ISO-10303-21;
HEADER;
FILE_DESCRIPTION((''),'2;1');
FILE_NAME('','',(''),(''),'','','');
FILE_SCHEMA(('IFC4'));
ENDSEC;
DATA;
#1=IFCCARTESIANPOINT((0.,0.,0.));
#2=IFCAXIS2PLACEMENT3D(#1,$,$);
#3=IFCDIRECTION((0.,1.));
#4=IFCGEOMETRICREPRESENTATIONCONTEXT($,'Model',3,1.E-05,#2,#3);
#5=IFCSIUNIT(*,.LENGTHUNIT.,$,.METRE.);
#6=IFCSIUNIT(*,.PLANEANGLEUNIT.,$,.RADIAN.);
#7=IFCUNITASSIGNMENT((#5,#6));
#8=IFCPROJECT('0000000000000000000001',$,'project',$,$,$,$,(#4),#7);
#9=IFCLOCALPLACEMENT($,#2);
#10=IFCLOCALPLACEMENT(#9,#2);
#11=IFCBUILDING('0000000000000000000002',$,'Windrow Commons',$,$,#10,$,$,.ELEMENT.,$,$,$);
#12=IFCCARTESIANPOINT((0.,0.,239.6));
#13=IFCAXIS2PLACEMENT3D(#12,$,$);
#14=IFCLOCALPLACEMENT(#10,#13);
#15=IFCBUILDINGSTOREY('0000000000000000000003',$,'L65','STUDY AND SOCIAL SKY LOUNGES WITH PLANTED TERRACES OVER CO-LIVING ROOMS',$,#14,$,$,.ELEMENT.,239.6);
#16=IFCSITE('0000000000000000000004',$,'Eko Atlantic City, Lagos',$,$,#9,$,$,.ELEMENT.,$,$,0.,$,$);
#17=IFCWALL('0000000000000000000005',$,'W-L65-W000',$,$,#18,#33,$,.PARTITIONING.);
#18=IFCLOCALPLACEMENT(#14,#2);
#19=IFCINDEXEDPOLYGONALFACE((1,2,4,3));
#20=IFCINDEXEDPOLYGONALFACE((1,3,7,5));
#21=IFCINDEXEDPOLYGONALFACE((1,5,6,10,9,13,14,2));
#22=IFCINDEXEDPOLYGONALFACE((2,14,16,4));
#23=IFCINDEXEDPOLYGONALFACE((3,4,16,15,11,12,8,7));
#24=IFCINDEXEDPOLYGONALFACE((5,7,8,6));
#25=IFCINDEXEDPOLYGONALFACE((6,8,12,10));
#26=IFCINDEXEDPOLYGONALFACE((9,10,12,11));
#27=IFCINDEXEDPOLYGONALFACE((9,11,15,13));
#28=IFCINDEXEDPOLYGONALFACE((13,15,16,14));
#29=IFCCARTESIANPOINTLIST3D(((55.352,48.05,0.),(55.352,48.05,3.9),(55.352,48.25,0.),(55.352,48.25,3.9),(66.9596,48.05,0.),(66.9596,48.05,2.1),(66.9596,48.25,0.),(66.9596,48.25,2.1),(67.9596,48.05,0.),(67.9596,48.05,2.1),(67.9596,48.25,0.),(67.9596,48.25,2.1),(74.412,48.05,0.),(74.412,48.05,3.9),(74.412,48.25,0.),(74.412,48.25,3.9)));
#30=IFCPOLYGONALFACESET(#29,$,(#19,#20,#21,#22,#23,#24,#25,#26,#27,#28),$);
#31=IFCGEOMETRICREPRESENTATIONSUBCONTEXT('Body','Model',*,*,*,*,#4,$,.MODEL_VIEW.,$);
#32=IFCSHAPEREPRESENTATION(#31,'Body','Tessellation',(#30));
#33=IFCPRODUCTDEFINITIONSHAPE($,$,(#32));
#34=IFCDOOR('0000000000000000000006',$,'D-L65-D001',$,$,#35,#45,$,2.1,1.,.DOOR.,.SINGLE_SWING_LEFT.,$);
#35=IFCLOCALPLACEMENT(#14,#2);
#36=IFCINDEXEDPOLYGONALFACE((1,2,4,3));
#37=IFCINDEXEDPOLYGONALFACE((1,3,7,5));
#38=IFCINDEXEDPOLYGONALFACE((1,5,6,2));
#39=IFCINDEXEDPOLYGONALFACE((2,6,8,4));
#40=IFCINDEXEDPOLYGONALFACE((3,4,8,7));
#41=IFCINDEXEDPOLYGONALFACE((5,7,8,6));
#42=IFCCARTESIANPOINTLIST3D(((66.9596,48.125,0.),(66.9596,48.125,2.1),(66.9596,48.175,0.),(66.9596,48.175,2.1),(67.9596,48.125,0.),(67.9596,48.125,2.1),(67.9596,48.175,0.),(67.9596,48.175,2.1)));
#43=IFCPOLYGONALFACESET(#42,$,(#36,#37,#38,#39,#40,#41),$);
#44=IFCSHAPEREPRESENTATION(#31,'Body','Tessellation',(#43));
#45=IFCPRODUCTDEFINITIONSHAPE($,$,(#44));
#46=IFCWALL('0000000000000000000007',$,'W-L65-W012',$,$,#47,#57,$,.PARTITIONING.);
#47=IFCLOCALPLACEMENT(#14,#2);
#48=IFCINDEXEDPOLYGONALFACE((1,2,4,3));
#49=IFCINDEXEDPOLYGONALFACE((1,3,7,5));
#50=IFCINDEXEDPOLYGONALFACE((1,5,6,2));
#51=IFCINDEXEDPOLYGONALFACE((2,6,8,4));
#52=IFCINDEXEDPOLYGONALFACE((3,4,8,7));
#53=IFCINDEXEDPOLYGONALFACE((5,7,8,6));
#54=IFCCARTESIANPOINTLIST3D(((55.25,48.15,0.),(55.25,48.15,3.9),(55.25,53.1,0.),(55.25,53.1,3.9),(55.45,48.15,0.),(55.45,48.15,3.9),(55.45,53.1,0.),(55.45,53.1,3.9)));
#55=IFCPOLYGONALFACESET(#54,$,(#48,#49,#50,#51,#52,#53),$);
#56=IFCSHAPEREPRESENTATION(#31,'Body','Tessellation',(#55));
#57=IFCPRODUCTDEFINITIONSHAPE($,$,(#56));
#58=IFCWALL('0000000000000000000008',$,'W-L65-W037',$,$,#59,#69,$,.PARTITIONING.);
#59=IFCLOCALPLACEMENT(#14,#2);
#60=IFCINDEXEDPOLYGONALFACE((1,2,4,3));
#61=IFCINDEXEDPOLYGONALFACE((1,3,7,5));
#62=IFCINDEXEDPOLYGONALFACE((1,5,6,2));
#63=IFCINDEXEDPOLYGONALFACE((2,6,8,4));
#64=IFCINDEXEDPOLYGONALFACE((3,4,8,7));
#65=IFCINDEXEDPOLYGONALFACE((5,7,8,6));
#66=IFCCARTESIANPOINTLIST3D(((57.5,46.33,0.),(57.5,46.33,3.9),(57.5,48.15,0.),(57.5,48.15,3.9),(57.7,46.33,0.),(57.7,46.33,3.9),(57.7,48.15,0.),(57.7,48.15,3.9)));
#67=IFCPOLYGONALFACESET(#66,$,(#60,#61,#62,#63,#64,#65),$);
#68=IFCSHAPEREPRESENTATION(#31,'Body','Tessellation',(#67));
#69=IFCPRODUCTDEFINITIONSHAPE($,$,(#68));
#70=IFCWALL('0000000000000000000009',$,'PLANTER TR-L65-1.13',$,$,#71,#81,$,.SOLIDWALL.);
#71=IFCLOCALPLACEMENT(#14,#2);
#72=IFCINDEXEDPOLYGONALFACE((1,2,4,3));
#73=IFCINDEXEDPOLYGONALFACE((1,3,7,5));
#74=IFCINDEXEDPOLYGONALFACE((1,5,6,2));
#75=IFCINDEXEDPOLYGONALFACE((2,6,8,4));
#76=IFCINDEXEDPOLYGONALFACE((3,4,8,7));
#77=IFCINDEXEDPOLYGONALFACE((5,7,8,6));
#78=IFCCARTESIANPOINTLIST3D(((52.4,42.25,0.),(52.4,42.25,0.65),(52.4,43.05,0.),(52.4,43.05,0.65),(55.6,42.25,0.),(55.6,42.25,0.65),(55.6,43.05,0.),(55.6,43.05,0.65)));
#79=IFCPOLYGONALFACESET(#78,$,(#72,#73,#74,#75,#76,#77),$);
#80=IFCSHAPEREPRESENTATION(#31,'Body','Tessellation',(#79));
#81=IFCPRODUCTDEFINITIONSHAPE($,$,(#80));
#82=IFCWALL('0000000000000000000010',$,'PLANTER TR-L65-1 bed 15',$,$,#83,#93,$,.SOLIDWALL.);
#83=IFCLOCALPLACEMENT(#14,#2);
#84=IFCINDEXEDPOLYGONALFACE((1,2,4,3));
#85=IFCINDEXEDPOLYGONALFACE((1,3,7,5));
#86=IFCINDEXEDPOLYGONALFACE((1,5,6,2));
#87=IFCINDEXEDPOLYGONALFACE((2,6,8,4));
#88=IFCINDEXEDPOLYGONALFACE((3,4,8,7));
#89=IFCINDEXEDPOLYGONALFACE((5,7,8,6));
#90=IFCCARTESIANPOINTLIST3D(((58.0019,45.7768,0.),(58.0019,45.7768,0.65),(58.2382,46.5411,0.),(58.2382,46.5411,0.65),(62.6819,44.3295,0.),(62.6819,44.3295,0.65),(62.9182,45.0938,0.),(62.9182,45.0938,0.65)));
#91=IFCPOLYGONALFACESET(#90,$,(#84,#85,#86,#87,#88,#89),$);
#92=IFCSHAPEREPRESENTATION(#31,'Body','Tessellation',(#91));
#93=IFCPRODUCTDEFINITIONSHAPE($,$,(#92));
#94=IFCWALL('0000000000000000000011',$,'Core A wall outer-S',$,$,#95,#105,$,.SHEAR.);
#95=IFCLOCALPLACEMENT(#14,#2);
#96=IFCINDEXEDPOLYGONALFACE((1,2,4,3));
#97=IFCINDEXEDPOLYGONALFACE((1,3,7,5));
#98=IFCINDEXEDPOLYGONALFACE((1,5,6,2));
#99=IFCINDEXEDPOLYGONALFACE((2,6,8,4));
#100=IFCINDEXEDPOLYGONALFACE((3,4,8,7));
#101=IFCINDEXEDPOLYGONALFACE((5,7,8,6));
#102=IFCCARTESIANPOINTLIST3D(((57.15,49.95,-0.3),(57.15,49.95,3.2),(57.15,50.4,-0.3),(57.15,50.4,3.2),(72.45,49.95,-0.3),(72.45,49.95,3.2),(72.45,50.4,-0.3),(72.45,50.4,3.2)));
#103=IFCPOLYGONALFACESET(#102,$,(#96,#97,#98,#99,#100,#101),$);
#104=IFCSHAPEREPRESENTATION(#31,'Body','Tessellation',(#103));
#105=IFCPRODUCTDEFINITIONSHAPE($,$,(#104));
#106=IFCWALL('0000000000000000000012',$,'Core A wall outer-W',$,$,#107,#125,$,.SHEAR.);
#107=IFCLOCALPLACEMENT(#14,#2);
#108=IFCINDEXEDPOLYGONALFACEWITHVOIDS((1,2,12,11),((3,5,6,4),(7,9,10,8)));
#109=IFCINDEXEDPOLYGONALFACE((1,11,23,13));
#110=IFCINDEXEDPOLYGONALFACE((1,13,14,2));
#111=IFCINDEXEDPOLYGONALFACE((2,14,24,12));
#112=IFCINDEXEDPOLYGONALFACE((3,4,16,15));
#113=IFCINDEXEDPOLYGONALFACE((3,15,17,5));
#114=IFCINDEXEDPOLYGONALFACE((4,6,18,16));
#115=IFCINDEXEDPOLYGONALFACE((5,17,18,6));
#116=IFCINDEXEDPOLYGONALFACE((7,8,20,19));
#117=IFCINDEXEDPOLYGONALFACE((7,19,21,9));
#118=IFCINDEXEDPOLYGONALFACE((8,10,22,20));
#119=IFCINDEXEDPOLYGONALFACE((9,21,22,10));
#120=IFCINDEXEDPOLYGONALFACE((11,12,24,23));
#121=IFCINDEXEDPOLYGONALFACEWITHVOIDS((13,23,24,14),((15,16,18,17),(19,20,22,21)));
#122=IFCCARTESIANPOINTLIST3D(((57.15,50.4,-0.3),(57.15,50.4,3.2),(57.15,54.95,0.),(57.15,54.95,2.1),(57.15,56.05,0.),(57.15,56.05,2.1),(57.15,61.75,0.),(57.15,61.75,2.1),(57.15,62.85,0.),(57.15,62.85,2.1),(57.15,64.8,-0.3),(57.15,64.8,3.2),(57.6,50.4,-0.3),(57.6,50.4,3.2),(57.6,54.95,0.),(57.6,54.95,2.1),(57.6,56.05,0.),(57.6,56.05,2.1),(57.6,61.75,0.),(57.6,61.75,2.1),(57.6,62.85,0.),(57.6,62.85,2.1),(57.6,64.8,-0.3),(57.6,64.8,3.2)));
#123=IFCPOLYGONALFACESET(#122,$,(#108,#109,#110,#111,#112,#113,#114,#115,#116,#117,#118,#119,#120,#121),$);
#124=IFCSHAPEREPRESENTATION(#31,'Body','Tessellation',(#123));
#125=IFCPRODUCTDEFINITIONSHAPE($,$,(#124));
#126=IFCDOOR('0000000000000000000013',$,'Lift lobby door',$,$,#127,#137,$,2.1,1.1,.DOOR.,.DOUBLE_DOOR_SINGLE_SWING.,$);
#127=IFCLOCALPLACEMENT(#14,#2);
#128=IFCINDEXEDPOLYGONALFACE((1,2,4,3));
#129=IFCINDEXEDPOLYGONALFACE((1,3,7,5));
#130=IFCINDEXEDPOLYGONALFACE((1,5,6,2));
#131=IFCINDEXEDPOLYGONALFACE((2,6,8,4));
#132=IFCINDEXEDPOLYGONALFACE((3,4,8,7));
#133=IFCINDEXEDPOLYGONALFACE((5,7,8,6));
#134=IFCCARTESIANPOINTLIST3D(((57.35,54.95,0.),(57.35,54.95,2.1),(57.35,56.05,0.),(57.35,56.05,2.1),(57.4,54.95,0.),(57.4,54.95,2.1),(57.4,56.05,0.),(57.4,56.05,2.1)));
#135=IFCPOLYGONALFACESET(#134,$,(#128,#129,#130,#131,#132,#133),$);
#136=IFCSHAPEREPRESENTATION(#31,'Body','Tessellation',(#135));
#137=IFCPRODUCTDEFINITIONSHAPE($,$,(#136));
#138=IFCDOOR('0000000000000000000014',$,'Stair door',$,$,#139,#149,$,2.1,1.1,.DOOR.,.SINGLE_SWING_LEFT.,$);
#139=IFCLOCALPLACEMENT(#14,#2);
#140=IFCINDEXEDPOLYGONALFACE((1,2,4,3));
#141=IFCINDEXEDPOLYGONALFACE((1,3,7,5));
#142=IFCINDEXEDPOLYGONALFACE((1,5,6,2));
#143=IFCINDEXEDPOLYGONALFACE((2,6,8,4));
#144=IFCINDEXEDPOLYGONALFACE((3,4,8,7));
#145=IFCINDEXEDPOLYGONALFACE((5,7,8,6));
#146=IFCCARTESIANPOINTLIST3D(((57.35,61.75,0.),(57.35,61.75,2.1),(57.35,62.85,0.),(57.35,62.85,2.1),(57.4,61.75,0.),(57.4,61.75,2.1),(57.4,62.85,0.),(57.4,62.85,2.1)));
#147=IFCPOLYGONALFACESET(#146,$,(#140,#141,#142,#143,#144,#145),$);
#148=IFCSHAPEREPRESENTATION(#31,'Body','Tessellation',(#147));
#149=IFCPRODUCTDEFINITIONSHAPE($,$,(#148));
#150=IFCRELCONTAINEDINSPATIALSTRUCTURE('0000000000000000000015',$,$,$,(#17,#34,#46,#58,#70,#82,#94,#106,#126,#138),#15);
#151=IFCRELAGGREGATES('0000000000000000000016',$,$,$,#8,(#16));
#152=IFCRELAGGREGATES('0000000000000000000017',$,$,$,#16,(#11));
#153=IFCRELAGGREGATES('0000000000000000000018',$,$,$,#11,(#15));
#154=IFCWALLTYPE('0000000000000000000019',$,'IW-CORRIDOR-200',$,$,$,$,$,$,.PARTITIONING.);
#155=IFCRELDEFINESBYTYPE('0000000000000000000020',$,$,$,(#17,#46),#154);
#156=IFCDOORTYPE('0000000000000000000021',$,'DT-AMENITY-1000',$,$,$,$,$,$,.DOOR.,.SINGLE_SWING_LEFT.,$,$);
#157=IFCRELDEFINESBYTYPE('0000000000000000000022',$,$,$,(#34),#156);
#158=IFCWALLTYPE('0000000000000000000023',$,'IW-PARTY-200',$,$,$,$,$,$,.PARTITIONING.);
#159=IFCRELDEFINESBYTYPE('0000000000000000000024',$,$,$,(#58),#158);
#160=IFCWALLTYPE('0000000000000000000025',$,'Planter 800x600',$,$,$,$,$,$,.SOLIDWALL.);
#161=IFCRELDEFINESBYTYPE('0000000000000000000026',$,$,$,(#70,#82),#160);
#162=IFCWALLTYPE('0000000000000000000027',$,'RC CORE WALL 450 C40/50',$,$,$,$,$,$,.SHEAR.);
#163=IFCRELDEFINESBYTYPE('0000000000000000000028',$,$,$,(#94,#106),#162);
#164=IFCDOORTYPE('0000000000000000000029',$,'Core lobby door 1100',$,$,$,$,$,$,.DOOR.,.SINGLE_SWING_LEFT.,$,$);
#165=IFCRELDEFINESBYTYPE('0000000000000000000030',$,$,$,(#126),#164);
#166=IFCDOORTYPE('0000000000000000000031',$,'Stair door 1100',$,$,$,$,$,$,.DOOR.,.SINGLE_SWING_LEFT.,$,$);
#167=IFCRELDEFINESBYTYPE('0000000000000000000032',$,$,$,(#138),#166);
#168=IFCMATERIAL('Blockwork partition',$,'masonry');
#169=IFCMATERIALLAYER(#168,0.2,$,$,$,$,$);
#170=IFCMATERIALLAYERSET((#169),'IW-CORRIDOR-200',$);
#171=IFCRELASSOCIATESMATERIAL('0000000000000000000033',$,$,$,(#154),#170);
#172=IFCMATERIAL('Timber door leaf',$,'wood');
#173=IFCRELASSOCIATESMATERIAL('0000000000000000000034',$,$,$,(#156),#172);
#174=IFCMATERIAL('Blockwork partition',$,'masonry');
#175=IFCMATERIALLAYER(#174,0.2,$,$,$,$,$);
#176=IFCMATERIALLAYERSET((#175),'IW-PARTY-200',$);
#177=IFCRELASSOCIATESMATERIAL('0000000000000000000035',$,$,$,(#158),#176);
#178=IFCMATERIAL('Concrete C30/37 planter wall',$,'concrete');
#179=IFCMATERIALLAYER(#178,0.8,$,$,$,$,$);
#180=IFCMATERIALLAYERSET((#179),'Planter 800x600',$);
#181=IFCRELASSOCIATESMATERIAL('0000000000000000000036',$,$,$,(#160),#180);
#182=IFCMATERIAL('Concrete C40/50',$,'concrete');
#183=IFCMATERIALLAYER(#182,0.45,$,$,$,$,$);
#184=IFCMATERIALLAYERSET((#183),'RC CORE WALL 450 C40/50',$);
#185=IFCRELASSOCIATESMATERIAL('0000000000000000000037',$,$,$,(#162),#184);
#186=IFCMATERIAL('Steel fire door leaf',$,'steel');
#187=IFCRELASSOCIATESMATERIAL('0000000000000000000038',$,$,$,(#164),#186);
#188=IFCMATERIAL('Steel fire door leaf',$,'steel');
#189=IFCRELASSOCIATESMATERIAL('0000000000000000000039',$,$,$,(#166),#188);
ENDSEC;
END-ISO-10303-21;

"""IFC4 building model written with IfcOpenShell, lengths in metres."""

from ifc_helpers import new_model, si_unit, direction, frame, frame_2d, origin, place, context, subcontext, project, spatial, rectangle, extrude, material, layer, layer_set, type_object, element, fill, save


model = new_model("IFC4")

# Units and contexts
model_context = context("Model", 3, precision=1e-05, world=origin(), true_north=direction((0.0, 1.0)))
body_context = subcontext(model_context, "Body", "Model", "MODEL_VIEW")
ifc_project = project(units=[si_unit("LENGTHUNIT", "METRE"), si_unit("PLANEANGLEUNIT", "RADIAN")], contexts=[model_context])

# Site, building, storey
site_placement = place(None, origin())
site = spatial("IfcSite", under=ifc_project, at=site_placement, Name="Eko Atlantic City, Lagos", CompositionType="ELEMENT", RefElevation=0.0)
building_placement = place(site_placement, origin())
building = spatial("IfcBuilding", under=site, at=building_placement, Name="Windrow Commons", CompositionType="ELEMENT")
storey_placement = place(building_placement, frame((0.0, 0.0, 239.6)))
storey = spatial("IfcBuildingStorey", under=building, at=storey_placement, Name="L65", Description="STUDY AND SOCIAL SKY LOUNGES WITH PLANTED TERRACES OVER CO-LIVING ROOMS", CompositionType="ELEMENT", Elevation=239.6)

# Wall, opening, door
ifc_material_1 = material(Name="Blockwork partition", Category="masonry")
ifc_layer_1 = layer(ifc_material_1, 0.2)
ifc_layer_set_1 = layer_set([ifc_layer_1], Name="IW-CORRIDOR-200")
wall_type_1 = type_object("IfcWallType", Name="IW-CORRIDOR-200", PredefinedType="PARTITIONING", material=ifc_layer_set_1)
wall_1_placement = place(storey_placement, frame((55.352, 48.15, 0.0), z_axis=(0.0, 0.0, 1.0), x_axis=(1.0, 0.0, 0.0)))
wall_1 = element("IfcWall", 1, at=wall_1_placement, inside=storey, type_object=wall_type_1, Name="W-L65-W000", PredefinedType="PARTITIONING", context=body_context, shape_type="SweptSolid", body=[
    extrude(rectangle(XDim=19.06, YDim=0.2, at=frame_2d((9.53, 0.0))), origin(), (0.0, 0.0, 1.0), 3.9),
])
opening_1_placement = place(wall_1_placement, frame((11.6076, 0.0, 0.0)))
opening_1 = element("IfcOpeningElement", 2, at=opening_1_placement, cuts=wall_1, PredefinedType="OPENING", context=body_context, shape_type="SweptSolid", body=[
    extrude(rectangle(XDim=1.0, YDim=2.1, at=frame_2d((0.5, 1.05))), frame((0.0, 0.11, 0.0), z_axis=(0.0, -1.0, 0.0), x_axis=(1.0, 0.0, 0.0)), (0.0, 0.0, 1.0), 0.22),
])
ifc_material_2 = material(Name="Timber door leaf", Category="wood")
door_type_1 = type_object("IfcDoorType", Name="DT-AMENITY-1000", OperationType="SINGLE_SWING_LEFT", PredefinedType="DOOR", material=ifc_material_2)
door_1_placement = place(opening_1_placement, origin())
door_1 = element("IfcDoor", 3, at=door_1_placement, inside=storey, type_object=door_type_1, Name="D-L65-D001", OperationType="SINGLE_SWING_LEFT", OverallHeight=2.1, OverallWidth=1.0, PredefinedType="DOOR", context=body_context, shape_type="SweptSolid", body=[
    extrude(rectangle(XDim=1.0, YDim=2.1, at=frame_2d((0.5, 1.05))), frame((0.0, 0.025, 0.0), z_axis=(0.0, -1.0, 0.0), x_axis=(1.0, 0.0, 0.0)), (0.0, 0.0, 1.0), 0.05),
])
fill(opening_1, door_1)

# Walls
wall_2_placement = place(storey_placement, frame((55.35, 48.15, 0.0), z_axis=(0.0, 0.0, 1.0), x_axis=(0.0, 1.0, 0.0)))
element("IfcWall", 4, at=wall_2_placement, inside=storey, type_object=wall_type_1, Name="W-L65-W012", PredefinedType="PARTITIONING", context=body_context, shape_type="SweptSolid", body=[
    extrude(rectangle(XDim=4.95, YDim=0.2, at=frame_2d((2.475, 0.0))), origin(), (0.0, 0.0, 1.0), 3.9),
])
ifc_material_3 = material(Name="Blockwork partition", Category="masonry")
ifc_layer_2 = layer(ifc_material_3, 0.2)
ifc_layer_set_2 = layer_set([ifc_layer_2], Name="IW-PARTY-200")
wall_type_2 = type_object("IfcWallType", Name="IW-PARTY-200", PredefinedType="PARTITIONING", material=ifc_layer_set_2)
wall_3_placement = place(storey_placement, frame((57.6, 46.33, 0.0), z_axis=(0.0, 0.0, 1.0), x_axis=(0.0, 1.0, 0.0)))
element("IfcWall", 5, at=wall_3_placement, inside=storey, type_object=wall_type_2, Name="W-L65-W037", PredefinedType="PARTITIONING", context=body_context, shape_type="SweptSolid", body=[
    extrude(rectangle(XDim=1.82, YDim=0.2, at=frame_2d((0.91, 0.0))), origin(), (0.0, 0.0, 1.0), 3.9),
])
ifc_material_4 = material(Name="Concrete C30/37 planter wall", Category="concrete")
ifc_layer_3 = layer(ifc_material_4, 0.8)
ifc_layer_set_3 = layer_set([ifc_layer_3], Name="Planter 800x600")
wall_type_3 = type_object("IfcWallType", Name="Planter 800x600", PredefinedType="SOLIDWALL", material=ifc_layer_set_3)
wall_4_placement = place(storey_placement, frame((52.4, 42.65, 0.0), z_axis=(0.0, 0.0, 1.0), x_axis=(1.0, 0.0, 0.0)))
element("IfcWall", 6, at=wall_4_placement, inside=storey, type_object=wall_type_3, Name="PLANTER TR-L65-1.13", PredefinedType="SOLIDWALL", context=body_context, shape_type="SweptSolid", body=[
    extrude(rectangle(XDim=3.2, YDim=0.8, at=frame_2d((1.6, 0.0))), origin(), (0.0, 0.0, 1.0), 0.65),
])
wall_5_placement = place(storey_placement, frame((62.8, 44.7117, 0.0), z_axis=(0.0, 0.0, 1.0), x_axis=(-0.955359, 0.295447, 0.0)))
element("IfcWall", 7, at=wall_5_placement, inside=storey, type_object=wall_type_3, Name="PLANTER TR-L65-1 bed 15", PredefinedType="SOLIDWALL", context=body_context, shape_type="SweptSolid", body=[
    extrude(rectangle(XDim=4.8987, YDim=0.8, at=frame_2d((2.4493, 0.0))), origin(), (0.0, 0.0, 1.0), 0.65),
])
ifc_material_5 = material(Name="Concrete C40/50", Category="concrete")
ifc_layer_4 = layer(ifc_material_5, 0.45)
ifc_layer_set_4 = layer_set([ifc_layer_4], Name="RC CORE WALL 450 C40/50")
wall_type_4 = type_object("IfcWallType", Name="RC CORE WALL 450 C40/50", PredefinedType="SHEAR", material=ifc_layer_set_4)
wall_6_placement = place(storey_placement, frame((57.15, 50.175, -0.3), z_axis=(0.0, 0.0, 1.0), x_axis=(1.0, 0.0, 0.0)))
element("IfcWall", 8, at=wall_6_placement, inside=storey, type_object=wall_type_4, Name="Core A wall outer-S", PredefinedType="SHEAR", context=body_context, shape_type="SweptSolid", body=[
    extrude(rectangle(XDim=15.3, YDim=0.45, at=frame_2d((7.65, 0.0))), origin(), (0.0, 0.0, 1.0), 3.5),
])

# Wall, openings, doors
wall_7_placement = place(storey_placement, frame((57.375, 50.4, -0.3), z_axis=(0.0, 0.0, 1.0), x_axis=(0.0, 1.0, 0.0)))
wall_7 = element("IfcWall", 9, at=wall_7_placement, inside=storey, type_object=wall_type_4, Name="Core A wall outer-W", PredefinedType="SHEAR", context=body_context, shape_type="SweptSolid", body=[
    extrude(rectangle(XDim=14.4, YDim=0.45, at=frame_2d((7.2, 0.0))), origin(), (0.0, 0.0, 1.0), 3.5),
])
opening_2_placement = place(wall_7_placement, frame((4.55, 0.0, 0.3)))
opening_2 = element("IfcOpeningElement", 10, at=opening_2_placement, cuts=wall_7, PredefinedType="OPENING", context=body_context, shape_type="SweptSolid", body=[
    extrude(rectangle(XDim=1.1, YDim=2.1, at=frame_2d((0.55, 1.05))), frame((0.0, 0.235, 0.0), z_axis=(0.0, -1.0, 0.0), x_axis=(1.0, 0.0, 0.0)), (0.0, 0.0, 1.0), 0.47),
])
opening_3_placement = place(wall_7_placement, frame((11.35, 0.0, 0.3)))
opening_3 = element("IfcOpeningElement", 11, at=opening_3_placement, cuts=wall_7, PredefinedType="OPENING", context=body_context, shape_type="SweptSolid", body=[
    extrude(rectangle(XDim=1.1, YDim=2.1, at=frame_2d((0.55, 1.05))), frame((0.0, 0.235, 0.0), z_axis=(0.0, -1.0, 0.0), x_axis=(1.0, 0.0, 0.0)), (0.0, 0.0, 1.0), 0.47),
])
ifc_material_6 = material(Name="Steel fire door leaf", Category="steel")
door_type_2 = type_object("IfcDoorType", Name="Core lobby door 1100", OperationType="SINGLE_SWING_LEFT", PredefinedType="DOOR", material=ifc_material_6)
door_2_placement = place(opening_2_placement, origin())
door_2 = element("IfcDoor", 12, at=door_2_placement, inside=storey, type_object=door_type_2, Name="Lift lobby door", OperationType="DOUBLE_DOOR_SINGLE_SWING", OverallHeight=2.1, OverallWidth=1.1, PredefinedType="DOOR", context=body_context, shape_type="SweptSolid", body=[
    extrude(rectangle(XDim=1.1, YDim=2.1, at=frame_2d((0.55, 1.05))), frame((0.0, 0.025, 0.0), z_axis=(0.0, -1.0, 0.0), x_axis=(1.0, 0.0, 0.0)), (0.0, 0.0, 1.0), 0.05),
])
fill(opening_2, door_2)
ifc_material_7 = material(Name="Steel fire door leaf", Category="steel")
door_type_3 = type_object("IfcDoorType", Name="Stair door 1100", OperationType="SINGLE_SWING_LEFT", PredefinedType="DOOR", material=ifc_material_7)
door_3_placement = place(opening_3_placement, origin())
door_3 = element("IfcDoor", 13, at=door_3_placement, inside=storey, type_object=door_type_3, Name="Stair door", OperationType="SINGLE_SWING_LEFT", OverallHeight=2.1, OverallWidth=1.1, PredefinedType="DOOR", context=body_context, shape_type="SweptSolid", body=[
    extrude(rectangle(XDim=1.1, YDim=2.1, at=frame_2d((0.55, 1.05))), frame((0.0, 0.025, 0.0), z_axis=(0.0, -1.0, 0.0), x_axis=(1.0, 0.0, 0.0)), (0.0, 0.0, 1.0), 0.05),
])
fill(opening_3, door_3)

save(model, "model.ifc")
